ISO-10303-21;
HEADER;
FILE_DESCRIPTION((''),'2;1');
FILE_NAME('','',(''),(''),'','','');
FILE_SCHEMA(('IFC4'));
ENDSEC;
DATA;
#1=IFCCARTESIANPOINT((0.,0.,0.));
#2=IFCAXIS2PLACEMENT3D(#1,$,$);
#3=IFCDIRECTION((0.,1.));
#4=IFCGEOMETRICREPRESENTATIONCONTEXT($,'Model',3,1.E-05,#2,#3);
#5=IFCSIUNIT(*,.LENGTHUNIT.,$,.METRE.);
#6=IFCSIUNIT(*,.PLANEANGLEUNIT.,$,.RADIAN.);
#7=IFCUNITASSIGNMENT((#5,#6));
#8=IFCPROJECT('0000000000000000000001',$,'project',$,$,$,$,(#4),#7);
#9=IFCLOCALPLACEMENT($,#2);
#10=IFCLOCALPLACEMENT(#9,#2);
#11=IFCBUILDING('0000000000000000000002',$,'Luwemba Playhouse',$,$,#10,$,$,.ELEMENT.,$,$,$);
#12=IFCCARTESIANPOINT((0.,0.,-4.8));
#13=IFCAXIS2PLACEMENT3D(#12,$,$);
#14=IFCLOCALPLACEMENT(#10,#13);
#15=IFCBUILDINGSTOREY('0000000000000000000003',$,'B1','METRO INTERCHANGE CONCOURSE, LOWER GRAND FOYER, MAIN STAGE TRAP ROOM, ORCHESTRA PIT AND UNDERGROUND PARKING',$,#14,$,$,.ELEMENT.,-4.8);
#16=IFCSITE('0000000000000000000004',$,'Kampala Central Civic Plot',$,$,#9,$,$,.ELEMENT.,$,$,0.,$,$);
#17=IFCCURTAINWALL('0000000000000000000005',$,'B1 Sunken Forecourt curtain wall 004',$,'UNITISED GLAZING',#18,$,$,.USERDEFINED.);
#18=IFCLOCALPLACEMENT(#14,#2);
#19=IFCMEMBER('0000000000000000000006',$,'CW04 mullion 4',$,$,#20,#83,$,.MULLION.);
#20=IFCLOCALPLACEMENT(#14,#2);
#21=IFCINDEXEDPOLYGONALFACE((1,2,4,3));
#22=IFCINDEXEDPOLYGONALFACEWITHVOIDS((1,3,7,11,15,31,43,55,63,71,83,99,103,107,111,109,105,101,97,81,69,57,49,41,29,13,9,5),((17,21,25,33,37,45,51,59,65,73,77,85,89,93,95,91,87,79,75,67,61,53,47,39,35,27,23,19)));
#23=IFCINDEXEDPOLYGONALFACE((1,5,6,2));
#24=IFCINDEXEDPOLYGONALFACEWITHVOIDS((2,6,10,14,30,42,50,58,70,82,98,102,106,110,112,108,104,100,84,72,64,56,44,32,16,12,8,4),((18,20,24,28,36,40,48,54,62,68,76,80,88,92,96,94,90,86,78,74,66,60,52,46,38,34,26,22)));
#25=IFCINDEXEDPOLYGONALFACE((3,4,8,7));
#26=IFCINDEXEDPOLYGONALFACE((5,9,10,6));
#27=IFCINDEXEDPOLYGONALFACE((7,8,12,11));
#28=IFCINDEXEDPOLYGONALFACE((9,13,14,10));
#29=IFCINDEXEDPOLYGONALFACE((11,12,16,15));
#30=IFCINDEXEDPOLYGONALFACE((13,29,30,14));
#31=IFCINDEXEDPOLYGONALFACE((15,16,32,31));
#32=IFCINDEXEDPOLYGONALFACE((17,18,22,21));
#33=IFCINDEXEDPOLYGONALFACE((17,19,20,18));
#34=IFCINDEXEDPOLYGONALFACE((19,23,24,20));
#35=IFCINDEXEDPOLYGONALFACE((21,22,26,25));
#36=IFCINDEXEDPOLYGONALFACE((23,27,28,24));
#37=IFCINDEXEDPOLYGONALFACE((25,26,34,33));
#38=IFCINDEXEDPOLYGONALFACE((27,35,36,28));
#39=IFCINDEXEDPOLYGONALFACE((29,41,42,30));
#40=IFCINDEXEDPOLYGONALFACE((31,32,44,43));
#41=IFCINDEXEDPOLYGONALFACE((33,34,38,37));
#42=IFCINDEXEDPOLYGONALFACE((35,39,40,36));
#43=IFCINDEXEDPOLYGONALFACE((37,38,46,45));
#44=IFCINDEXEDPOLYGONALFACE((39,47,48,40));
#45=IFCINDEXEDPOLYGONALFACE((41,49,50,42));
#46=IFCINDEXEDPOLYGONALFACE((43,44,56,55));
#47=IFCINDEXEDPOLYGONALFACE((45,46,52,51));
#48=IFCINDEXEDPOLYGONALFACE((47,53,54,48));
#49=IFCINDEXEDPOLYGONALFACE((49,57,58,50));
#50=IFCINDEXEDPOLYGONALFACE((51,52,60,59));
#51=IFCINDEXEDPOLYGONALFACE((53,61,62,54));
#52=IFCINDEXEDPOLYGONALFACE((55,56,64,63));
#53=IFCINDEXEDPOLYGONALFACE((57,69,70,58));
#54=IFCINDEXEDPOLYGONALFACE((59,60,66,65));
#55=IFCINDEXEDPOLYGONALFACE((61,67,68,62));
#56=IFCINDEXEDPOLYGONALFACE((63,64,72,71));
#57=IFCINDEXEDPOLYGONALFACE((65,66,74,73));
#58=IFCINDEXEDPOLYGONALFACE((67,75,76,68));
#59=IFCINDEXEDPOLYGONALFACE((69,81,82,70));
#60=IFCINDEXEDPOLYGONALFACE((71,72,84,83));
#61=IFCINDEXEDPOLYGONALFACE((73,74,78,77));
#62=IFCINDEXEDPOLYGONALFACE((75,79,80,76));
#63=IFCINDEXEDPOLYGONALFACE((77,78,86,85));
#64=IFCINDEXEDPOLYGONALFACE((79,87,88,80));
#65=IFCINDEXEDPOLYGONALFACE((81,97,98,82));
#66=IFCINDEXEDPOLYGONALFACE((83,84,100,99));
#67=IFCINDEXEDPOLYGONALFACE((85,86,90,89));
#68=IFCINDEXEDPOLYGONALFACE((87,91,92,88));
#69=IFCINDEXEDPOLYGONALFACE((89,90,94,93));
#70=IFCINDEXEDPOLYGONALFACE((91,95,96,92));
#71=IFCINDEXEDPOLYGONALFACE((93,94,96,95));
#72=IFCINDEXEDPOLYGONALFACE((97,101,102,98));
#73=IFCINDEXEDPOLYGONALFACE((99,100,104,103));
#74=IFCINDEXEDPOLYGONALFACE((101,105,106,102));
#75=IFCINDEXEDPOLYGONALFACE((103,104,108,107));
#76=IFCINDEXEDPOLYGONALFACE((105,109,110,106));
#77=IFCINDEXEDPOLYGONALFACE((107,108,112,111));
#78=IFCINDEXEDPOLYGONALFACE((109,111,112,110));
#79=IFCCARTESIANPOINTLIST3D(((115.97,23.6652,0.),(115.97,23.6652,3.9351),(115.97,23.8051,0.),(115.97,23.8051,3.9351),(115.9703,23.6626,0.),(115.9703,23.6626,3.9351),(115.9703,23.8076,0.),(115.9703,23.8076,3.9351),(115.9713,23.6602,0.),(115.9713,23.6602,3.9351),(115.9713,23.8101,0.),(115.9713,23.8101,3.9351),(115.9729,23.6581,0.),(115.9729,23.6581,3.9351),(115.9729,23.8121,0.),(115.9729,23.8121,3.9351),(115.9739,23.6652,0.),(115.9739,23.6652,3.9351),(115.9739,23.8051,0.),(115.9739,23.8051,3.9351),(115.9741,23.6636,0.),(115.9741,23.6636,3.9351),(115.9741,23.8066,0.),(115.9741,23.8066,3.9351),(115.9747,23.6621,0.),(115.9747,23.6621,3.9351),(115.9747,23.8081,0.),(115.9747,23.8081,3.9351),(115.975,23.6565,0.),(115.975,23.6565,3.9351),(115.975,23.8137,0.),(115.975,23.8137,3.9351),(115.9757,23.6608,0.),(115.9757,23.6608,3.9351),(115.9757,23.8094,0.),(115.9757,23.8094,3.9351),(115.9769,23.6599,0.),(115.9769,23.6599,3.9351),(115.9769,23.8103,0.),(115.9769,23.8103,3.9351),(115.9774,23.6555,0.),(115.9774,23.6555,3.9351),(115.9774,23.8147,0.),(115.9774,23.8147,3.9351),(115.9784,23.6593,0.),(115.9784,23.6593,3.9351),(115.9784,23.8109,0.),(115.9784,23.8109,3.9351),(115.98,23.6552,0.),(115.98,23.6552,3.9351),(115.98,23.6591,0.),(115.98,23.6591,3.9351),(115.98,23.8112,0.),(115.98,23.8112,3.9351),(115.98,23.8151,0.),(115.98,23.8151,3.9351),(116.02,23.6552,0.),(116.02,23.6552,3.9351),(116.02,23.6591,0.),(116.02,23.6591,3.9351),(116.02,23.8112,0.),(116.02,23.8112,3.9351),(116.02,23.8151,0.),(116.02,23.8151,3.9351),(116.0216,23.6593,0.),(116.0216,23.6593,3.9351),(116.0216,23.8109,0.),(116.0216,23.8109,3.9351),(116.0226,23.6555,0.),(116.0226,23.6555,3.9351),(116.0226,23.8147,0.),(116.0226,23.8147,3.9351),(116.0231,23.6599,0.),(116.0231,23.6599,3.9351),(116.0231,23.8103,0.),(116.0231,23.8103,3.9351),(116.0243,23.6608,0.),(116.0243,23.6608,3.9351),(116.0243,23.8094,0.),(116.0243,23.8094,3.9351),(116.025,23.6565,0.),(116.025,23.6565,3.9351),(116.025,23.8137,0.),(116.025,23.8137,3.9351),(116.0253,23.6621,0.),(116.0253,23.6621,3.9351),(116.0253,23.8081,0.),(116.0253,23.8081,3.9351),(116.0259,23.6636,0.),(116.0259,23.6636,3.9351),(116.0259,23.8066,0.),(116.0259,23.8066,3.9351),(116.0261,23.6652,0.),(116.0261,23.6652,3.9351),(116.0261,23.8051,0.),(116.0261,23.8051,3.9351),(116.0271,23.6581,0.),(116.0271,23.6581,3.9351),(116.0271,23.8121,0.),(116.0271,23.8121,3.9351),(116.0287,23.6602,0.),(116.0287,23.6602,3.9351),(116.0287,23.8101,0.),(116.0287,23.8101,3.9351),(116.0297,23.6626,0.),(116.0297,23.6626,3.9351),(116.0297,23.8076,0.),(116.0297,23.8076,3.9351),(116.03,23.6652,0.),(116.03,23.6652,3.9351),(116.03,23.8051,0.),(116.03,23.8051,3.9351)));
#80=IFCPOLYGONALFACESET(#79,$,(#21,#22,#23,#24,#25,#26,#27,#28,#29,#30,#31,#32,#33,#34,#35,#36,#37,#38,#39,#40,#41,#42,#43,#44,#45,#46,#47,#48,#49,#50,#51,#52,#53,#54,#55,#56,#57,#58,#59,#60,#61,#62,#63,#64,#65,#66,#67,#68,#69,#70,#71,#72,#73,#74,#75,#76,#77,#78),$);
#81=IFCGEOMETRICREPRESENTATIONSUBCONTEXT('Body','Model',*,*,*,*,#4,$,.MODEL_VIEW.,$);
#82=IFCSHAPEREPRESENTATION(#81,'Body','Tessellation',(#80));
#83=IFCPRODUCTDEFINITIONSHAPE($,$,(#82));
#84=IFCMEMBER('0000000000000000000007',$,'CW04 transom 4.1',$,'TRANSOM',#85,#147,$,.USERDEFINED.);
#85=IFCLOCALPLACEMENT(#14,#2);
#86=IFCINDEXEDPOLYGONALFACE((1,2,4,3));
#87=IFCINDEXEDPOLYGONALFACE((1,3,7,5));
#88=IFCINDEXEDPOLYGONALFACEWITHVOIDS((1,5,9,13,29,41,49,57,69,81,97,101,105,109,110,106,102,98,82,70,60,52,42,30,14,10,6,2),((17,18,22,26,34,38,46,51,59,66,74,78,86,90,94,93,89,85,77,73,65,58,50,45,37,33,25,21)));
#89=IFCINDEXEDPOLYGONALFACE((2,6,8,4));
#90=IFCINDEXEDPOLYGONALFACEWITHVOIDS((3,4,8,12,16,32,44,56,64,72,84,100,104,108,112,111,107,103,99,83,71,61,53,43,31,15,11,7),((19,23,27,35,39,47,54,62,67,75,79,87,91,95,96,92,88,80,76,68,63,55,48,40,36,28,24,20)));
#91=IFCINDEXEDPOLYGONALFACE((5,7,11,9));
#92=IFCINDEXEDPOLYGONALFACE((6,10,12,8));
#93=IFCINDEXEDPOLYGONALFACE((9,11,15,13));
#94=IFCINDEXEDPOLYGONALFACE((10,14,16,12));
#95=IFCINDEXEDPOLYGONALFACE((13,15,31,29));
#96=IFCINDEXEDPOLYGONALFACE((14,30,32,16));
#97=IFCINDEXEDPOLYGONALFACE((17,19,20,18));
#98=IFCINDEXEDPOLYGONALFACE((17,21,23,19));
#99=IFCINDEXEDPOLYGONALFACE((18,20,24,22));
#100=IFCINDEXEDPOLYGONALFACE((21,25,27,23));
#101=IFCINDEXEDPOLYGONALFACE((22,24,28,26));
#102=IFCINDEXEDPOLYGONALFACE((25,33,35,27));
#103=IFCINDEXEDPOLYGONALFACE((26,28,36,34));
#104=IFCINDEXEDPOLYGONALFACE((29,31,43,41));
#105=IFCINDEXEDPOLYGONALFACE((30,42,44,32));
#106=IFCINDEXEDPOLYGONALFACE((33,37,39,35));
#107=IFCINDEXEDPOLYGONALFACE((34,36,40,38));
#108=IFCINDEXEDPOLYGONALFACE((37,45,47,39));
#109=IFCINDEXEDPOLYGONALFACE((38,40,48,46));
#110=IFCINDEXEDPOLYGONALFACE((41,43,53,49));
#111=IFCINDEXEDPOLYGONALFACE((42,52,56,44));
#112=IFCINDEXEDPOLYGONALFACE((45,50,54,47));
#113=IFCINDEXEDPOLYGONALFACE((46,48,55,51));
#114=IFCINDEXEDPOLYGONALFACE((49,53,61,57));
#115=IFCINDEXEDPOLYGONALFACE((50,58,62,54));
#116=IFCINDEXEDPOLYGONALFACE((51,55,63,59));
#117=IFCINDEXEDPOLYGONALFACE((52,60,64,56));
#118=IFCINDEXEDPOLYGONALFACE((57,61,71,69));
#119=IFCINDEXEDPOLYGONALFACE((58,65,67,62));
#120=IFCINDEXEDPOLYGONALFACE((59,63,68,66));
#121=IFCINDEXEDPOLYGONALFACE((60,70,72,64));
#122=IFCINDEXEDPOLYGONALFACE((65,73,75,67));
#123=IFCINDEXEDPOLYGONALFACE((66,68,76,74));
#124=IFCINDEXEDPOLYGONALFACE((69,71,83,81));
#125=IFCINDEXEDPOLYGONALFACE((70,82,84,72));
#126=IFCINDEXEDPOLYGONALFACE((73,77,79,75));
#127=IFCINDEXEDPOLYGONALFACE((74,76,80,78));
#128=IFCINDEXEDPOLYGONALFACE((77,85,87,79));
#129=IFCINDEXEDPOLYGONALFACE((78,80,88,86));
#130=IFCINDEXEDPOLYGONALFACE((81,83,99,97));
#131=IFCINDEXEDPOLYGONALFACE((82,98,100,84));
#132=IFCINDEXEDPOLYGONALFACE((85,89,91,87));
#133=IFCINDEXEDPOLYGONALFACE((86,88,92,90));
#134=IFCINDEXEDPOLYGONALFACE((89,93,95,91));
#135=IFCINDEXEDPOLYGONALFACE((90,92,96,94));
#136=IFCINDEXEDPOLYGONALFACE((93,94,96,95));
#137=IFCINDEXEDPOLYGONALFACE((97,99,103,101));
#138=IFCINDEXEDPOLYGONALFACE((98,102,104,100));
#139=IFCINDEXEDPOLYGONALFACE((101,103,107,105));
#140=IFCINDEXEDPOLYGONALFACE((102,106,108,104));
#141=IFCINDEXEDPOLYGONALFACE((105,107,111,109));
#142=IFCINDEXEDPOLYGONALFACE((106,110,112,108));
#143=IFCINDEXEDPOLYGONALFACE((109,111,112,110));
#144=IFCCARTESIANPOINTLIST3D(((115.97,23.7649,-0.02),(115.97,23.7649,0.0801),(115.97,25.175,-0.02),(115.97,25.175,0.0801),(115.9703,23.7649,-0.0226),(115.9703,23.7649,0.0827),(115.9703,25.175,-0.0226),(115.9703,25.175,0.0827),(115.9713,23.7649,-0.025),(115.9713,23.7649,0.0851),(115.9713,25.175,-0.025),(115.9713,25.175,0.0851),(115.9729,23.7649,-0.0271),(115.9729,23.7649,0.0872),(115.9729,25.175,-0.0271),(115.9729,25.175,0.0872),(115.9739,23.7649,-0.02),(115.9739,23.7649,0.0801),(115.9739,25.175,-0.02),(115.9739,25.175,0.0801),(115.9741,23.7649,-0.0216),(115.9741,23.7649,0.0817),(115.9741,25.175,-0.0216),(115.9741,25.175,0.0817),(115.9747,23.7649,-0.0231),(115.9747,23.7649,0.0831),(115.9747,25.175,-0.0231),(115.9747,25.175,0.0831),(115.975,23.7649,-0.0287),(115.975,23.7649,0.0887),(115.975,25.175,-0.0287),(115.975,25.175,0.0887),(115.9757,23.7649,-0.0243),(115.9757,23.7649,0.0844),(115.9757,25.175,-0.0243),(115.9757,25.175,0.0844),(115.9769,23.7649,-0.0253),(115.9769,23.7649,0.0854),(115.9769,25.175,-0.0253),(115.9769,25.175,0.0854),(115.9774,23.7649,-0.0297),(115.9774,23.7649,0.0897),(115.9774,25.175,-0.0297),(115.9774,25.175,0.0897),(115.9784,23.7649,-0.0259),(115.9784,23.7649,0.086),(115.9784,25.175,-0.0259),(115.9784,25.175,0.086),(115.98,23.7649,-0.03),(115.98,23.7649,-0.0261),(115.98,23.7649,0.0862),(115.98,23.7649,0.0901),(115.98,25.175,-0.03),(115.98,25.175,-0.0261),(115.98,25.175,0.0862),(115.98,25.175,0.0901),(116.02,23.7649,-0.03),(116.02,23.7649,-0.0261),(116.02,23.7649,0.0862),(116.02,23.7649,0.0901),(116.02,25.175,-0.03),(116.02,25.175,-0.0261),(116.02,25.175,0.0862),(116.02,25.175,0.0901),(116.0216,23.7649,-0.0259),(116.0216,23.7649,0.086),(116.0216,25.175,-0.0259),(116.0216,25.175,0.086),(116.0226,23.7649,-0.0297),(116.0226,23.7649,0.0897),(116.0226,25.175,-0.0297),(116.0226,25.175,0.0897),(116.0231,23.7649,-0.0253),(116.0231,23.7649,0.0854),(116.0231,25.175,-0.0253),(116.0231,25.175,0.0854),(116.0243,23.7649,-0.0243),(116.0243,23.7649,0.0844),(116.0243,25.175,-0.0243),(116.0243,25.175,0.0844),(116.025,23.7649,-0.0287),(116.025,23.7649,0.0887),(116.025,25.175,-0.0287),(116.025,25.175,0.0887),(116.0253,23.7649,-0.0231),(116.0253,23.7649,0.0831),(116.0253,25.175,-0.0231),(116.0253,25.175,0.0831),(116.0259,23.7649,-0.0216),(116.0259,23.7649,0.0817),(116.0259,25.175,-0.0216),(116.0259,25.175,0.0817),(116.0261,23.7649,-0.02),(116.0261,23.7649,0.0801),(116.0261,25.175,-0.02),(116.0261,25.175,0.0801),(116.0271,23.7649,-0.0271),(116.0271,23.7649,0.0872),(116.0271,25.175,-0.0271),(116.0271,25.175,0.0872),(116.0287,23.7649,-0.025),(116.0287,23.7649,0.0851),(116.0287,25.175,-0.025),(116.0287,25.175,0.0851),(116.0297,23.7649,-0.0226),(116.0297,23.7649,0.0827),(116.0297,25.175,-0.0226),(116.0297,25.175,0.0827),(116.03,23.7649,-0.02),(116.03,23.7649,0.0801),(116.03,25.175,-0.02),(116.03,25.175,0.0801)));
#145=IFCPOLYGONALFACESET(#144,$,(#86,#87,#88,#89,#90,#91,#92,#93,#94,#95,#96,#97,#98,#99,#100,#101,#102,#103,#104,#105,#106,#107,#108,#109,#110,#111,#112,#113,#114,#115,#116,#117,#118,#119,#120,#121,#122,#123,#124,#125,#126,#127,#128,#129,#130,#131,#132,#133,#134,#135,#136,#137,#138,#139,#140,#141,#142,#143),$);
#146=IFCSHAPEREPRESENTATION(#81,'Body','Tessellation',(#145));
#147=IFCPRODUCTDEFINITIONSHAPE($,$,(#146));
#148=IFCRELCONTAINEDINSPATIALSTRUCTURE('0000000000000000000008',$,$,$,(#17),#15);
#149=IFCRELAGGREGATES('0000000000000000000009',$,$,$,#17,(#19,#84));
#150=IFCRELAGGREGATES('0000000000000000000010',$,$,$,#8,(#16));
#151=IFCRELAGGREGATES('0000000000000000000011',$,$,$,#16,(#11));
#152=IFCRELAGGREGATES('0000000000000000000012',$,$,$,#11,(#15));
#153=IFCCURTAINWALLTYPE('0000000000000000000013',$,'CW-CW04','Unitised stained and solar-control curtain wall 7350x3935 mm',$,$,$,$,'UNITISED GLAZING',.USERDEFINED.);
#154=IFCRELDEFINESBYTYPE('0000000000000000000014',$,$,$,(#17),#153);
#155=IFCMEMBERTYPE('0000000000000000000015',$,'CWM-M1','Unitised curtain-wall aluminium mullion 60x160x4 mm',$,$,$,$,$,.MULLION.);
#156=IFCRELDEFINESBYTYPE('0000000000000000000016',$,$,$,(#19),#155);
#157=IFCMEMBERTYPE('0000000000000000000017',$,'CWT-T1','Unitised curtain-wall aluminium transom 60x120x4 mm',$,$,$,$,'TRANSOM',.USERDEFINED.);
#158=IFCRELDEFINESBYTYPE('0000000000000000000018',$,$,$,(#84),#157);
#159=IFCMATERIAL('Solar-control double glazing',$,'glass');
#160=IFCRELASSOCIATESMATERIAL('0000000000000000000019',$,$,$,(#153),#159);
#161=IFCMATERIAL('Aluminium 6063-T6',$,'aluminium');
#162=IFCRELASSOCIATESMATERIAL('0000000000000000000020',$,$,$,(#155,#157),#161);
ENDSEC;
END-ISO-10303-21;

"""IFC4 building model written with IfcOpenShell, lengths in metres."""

from ifc_helpers import new_model, si_unit, direction, frame, origin, origin_2d, place, context, subcontext, project, spatial, hollow_rectangle, extrude, material, material_profile, profile_set, type_object, element, aggregate, save


model = new_model("IFC4")

# Units and contexts
model_context = context("Model", 3, precision=1e-05, world=origin(), true_north=direction((0.0, 1.0)))
body_context = subcontext(model_context, "Body", "Model", "MODEL_VIEW")
ifc_project = project(units=[si_unit("LENGTHUNIT", "METRE"), si_unit("PLANEANGLEUNIT", "RADIAN")], contexts=[model_context])

# Site, building, storey
site_placement = place(None, origin())
site = spatial("IfcSite", under=ifc_project, at=site_placement, Name="Kampala Central Civic Plot", CompositionType="ELEMENT", RefElevation=0.0)
building_placement = place(site_placement, origin())
building = spatial("IfcBuilding", under=site, at=building_placement, Name="Luwemba Playhouse", CompositionType="ELEMENT")
storey_placement = place(building_placement, frame((0.0, 0.0, -4.8)))
storey = spatial("IfcBuildingStorey", under=building, at=storey_placement, Name="B1", Description="METRO INTERCHANGE CONCOURSE, LOWER GRAND FOYER, MAIN STAGE TRAP ROOM, ORCHESTRA PIT AND UNDERGROUND PARKING", CompositionType="ELEMENT", Elevation=-4.8)

# Curtain wall, members
ifc_material_1 = material(Name="Solar-control double glazing", Category="glass")
curtain_wall_type = type_object("IfcCurtainWallType", Name="CW-CW04", Description="Unitised stained and solar-control curtain wall 7350x3935 mm", ElementType="UNITISED GLAZING", PredefinedType="USERDEFINED", material=ifc_material_1)
curtain_wall_placement = place(storey_placement, origin())
curtain_wall = element("IfcCurtainWall", 1, at=curtain_wall_placement, inside=storey, type_object=curtain_wall_type, Name="B1 Sunken Forecourt curtain wall 004", ObjectType="UNITISED GLAZING", PredefinedType="USERDEFINED")
ifc_material_2 = material(Name="Aluminium 6063-T6", Category="aluminium")
ifc_material_profile_1 = material_profile(ifc_material_2, hollow_rectangle(XDim=0.0601, YDim=0.1599, WallThickness=0.0039, InnerFilletRadius=0.0061, OuterFilletRadius=0.01, at=origin_2d()))
ifc_profile_set_1 = profile_set([ifc_material_profile_1], Name="Aluminium 6063-T6")
member_type_1 = type_object("IfcMemberType", Name="CWM-M1", Description="Unitised curtain-wall aluminium mullion 60x160x4 mm", PredefinedType="MULLION", material=ifc_profile_set_1)
member_1_placement = place(storey_placement, frame((116.0, 23.7351, 0.0), z_axis=(0.0, 0.0, 1.0), x_axis=(-1.0, 0.0, 0.0)))
member_1 = element("IfcMember", 2, at=member_1_placement, type_object=member_type_1, Name="CW04 mullion 4", PredefinedType="MULLION", context=body_context, shape_type="SweptSolid", body=[
    extrude(hollow_rectangle(XDim=0.0601, YDim=0.1599, WallThickness=0.0039, InnerFilletRadius=0.0061, OuterFilletRadius=0.01, at=origin_2d()), origin(), (0.0, 0.0, 1.0), 3.9351),
])
ifc_material_profile_2 = material_profile(ifc_material_2, hollow_rectangle(XDim=0.0601, YDim=0.1201, WallThickness=0.0039, InnerFilletRadius=0.0061, OuterFilletRadius=0.01, at=origin_2d()))
ifc_profile_set_2 = profile_set([ifc_material_profile_2], Name="Aluminium 6063-T6")
member_type_2 = type_object("IfcMemberType", Name="CWT-T1", Description="Unitised curtain-wall aluminium transom 60x120x4 mm", ElementType="TRANSOM", PredefinedType="USERDEFINED", material=ifc_profile_set_2)
member_2_placement = place(storey_placement, frame((116.0, 23.7649, 0.03), z_axis=(0.0, 1.0, 0.0), x_axis=(-1.0, 0.0, 0.0)))
member_2 = element("IfcMember", 3, at=member_2_placement, type_object=member_type_2, Name="CW04 transom 4.1", ObjectType="TRANSOM", PredefinedType="USERDEFINED", context=body_context, shape_type="SweptSolid", body=[
    extrude(hollow_rectangle(XDim=0.0601, YDim=0.1201, WallThickness=0.0039, InnerFilletRadius=0.0061, OuterFilletRadius=0.01, at=origin_2d()), origin(), (0.0, 0.0, 1.0), 1.4102),
])
aggregate(curtain_wall, [member_1, member_2])

save(model, "model.ifc")
